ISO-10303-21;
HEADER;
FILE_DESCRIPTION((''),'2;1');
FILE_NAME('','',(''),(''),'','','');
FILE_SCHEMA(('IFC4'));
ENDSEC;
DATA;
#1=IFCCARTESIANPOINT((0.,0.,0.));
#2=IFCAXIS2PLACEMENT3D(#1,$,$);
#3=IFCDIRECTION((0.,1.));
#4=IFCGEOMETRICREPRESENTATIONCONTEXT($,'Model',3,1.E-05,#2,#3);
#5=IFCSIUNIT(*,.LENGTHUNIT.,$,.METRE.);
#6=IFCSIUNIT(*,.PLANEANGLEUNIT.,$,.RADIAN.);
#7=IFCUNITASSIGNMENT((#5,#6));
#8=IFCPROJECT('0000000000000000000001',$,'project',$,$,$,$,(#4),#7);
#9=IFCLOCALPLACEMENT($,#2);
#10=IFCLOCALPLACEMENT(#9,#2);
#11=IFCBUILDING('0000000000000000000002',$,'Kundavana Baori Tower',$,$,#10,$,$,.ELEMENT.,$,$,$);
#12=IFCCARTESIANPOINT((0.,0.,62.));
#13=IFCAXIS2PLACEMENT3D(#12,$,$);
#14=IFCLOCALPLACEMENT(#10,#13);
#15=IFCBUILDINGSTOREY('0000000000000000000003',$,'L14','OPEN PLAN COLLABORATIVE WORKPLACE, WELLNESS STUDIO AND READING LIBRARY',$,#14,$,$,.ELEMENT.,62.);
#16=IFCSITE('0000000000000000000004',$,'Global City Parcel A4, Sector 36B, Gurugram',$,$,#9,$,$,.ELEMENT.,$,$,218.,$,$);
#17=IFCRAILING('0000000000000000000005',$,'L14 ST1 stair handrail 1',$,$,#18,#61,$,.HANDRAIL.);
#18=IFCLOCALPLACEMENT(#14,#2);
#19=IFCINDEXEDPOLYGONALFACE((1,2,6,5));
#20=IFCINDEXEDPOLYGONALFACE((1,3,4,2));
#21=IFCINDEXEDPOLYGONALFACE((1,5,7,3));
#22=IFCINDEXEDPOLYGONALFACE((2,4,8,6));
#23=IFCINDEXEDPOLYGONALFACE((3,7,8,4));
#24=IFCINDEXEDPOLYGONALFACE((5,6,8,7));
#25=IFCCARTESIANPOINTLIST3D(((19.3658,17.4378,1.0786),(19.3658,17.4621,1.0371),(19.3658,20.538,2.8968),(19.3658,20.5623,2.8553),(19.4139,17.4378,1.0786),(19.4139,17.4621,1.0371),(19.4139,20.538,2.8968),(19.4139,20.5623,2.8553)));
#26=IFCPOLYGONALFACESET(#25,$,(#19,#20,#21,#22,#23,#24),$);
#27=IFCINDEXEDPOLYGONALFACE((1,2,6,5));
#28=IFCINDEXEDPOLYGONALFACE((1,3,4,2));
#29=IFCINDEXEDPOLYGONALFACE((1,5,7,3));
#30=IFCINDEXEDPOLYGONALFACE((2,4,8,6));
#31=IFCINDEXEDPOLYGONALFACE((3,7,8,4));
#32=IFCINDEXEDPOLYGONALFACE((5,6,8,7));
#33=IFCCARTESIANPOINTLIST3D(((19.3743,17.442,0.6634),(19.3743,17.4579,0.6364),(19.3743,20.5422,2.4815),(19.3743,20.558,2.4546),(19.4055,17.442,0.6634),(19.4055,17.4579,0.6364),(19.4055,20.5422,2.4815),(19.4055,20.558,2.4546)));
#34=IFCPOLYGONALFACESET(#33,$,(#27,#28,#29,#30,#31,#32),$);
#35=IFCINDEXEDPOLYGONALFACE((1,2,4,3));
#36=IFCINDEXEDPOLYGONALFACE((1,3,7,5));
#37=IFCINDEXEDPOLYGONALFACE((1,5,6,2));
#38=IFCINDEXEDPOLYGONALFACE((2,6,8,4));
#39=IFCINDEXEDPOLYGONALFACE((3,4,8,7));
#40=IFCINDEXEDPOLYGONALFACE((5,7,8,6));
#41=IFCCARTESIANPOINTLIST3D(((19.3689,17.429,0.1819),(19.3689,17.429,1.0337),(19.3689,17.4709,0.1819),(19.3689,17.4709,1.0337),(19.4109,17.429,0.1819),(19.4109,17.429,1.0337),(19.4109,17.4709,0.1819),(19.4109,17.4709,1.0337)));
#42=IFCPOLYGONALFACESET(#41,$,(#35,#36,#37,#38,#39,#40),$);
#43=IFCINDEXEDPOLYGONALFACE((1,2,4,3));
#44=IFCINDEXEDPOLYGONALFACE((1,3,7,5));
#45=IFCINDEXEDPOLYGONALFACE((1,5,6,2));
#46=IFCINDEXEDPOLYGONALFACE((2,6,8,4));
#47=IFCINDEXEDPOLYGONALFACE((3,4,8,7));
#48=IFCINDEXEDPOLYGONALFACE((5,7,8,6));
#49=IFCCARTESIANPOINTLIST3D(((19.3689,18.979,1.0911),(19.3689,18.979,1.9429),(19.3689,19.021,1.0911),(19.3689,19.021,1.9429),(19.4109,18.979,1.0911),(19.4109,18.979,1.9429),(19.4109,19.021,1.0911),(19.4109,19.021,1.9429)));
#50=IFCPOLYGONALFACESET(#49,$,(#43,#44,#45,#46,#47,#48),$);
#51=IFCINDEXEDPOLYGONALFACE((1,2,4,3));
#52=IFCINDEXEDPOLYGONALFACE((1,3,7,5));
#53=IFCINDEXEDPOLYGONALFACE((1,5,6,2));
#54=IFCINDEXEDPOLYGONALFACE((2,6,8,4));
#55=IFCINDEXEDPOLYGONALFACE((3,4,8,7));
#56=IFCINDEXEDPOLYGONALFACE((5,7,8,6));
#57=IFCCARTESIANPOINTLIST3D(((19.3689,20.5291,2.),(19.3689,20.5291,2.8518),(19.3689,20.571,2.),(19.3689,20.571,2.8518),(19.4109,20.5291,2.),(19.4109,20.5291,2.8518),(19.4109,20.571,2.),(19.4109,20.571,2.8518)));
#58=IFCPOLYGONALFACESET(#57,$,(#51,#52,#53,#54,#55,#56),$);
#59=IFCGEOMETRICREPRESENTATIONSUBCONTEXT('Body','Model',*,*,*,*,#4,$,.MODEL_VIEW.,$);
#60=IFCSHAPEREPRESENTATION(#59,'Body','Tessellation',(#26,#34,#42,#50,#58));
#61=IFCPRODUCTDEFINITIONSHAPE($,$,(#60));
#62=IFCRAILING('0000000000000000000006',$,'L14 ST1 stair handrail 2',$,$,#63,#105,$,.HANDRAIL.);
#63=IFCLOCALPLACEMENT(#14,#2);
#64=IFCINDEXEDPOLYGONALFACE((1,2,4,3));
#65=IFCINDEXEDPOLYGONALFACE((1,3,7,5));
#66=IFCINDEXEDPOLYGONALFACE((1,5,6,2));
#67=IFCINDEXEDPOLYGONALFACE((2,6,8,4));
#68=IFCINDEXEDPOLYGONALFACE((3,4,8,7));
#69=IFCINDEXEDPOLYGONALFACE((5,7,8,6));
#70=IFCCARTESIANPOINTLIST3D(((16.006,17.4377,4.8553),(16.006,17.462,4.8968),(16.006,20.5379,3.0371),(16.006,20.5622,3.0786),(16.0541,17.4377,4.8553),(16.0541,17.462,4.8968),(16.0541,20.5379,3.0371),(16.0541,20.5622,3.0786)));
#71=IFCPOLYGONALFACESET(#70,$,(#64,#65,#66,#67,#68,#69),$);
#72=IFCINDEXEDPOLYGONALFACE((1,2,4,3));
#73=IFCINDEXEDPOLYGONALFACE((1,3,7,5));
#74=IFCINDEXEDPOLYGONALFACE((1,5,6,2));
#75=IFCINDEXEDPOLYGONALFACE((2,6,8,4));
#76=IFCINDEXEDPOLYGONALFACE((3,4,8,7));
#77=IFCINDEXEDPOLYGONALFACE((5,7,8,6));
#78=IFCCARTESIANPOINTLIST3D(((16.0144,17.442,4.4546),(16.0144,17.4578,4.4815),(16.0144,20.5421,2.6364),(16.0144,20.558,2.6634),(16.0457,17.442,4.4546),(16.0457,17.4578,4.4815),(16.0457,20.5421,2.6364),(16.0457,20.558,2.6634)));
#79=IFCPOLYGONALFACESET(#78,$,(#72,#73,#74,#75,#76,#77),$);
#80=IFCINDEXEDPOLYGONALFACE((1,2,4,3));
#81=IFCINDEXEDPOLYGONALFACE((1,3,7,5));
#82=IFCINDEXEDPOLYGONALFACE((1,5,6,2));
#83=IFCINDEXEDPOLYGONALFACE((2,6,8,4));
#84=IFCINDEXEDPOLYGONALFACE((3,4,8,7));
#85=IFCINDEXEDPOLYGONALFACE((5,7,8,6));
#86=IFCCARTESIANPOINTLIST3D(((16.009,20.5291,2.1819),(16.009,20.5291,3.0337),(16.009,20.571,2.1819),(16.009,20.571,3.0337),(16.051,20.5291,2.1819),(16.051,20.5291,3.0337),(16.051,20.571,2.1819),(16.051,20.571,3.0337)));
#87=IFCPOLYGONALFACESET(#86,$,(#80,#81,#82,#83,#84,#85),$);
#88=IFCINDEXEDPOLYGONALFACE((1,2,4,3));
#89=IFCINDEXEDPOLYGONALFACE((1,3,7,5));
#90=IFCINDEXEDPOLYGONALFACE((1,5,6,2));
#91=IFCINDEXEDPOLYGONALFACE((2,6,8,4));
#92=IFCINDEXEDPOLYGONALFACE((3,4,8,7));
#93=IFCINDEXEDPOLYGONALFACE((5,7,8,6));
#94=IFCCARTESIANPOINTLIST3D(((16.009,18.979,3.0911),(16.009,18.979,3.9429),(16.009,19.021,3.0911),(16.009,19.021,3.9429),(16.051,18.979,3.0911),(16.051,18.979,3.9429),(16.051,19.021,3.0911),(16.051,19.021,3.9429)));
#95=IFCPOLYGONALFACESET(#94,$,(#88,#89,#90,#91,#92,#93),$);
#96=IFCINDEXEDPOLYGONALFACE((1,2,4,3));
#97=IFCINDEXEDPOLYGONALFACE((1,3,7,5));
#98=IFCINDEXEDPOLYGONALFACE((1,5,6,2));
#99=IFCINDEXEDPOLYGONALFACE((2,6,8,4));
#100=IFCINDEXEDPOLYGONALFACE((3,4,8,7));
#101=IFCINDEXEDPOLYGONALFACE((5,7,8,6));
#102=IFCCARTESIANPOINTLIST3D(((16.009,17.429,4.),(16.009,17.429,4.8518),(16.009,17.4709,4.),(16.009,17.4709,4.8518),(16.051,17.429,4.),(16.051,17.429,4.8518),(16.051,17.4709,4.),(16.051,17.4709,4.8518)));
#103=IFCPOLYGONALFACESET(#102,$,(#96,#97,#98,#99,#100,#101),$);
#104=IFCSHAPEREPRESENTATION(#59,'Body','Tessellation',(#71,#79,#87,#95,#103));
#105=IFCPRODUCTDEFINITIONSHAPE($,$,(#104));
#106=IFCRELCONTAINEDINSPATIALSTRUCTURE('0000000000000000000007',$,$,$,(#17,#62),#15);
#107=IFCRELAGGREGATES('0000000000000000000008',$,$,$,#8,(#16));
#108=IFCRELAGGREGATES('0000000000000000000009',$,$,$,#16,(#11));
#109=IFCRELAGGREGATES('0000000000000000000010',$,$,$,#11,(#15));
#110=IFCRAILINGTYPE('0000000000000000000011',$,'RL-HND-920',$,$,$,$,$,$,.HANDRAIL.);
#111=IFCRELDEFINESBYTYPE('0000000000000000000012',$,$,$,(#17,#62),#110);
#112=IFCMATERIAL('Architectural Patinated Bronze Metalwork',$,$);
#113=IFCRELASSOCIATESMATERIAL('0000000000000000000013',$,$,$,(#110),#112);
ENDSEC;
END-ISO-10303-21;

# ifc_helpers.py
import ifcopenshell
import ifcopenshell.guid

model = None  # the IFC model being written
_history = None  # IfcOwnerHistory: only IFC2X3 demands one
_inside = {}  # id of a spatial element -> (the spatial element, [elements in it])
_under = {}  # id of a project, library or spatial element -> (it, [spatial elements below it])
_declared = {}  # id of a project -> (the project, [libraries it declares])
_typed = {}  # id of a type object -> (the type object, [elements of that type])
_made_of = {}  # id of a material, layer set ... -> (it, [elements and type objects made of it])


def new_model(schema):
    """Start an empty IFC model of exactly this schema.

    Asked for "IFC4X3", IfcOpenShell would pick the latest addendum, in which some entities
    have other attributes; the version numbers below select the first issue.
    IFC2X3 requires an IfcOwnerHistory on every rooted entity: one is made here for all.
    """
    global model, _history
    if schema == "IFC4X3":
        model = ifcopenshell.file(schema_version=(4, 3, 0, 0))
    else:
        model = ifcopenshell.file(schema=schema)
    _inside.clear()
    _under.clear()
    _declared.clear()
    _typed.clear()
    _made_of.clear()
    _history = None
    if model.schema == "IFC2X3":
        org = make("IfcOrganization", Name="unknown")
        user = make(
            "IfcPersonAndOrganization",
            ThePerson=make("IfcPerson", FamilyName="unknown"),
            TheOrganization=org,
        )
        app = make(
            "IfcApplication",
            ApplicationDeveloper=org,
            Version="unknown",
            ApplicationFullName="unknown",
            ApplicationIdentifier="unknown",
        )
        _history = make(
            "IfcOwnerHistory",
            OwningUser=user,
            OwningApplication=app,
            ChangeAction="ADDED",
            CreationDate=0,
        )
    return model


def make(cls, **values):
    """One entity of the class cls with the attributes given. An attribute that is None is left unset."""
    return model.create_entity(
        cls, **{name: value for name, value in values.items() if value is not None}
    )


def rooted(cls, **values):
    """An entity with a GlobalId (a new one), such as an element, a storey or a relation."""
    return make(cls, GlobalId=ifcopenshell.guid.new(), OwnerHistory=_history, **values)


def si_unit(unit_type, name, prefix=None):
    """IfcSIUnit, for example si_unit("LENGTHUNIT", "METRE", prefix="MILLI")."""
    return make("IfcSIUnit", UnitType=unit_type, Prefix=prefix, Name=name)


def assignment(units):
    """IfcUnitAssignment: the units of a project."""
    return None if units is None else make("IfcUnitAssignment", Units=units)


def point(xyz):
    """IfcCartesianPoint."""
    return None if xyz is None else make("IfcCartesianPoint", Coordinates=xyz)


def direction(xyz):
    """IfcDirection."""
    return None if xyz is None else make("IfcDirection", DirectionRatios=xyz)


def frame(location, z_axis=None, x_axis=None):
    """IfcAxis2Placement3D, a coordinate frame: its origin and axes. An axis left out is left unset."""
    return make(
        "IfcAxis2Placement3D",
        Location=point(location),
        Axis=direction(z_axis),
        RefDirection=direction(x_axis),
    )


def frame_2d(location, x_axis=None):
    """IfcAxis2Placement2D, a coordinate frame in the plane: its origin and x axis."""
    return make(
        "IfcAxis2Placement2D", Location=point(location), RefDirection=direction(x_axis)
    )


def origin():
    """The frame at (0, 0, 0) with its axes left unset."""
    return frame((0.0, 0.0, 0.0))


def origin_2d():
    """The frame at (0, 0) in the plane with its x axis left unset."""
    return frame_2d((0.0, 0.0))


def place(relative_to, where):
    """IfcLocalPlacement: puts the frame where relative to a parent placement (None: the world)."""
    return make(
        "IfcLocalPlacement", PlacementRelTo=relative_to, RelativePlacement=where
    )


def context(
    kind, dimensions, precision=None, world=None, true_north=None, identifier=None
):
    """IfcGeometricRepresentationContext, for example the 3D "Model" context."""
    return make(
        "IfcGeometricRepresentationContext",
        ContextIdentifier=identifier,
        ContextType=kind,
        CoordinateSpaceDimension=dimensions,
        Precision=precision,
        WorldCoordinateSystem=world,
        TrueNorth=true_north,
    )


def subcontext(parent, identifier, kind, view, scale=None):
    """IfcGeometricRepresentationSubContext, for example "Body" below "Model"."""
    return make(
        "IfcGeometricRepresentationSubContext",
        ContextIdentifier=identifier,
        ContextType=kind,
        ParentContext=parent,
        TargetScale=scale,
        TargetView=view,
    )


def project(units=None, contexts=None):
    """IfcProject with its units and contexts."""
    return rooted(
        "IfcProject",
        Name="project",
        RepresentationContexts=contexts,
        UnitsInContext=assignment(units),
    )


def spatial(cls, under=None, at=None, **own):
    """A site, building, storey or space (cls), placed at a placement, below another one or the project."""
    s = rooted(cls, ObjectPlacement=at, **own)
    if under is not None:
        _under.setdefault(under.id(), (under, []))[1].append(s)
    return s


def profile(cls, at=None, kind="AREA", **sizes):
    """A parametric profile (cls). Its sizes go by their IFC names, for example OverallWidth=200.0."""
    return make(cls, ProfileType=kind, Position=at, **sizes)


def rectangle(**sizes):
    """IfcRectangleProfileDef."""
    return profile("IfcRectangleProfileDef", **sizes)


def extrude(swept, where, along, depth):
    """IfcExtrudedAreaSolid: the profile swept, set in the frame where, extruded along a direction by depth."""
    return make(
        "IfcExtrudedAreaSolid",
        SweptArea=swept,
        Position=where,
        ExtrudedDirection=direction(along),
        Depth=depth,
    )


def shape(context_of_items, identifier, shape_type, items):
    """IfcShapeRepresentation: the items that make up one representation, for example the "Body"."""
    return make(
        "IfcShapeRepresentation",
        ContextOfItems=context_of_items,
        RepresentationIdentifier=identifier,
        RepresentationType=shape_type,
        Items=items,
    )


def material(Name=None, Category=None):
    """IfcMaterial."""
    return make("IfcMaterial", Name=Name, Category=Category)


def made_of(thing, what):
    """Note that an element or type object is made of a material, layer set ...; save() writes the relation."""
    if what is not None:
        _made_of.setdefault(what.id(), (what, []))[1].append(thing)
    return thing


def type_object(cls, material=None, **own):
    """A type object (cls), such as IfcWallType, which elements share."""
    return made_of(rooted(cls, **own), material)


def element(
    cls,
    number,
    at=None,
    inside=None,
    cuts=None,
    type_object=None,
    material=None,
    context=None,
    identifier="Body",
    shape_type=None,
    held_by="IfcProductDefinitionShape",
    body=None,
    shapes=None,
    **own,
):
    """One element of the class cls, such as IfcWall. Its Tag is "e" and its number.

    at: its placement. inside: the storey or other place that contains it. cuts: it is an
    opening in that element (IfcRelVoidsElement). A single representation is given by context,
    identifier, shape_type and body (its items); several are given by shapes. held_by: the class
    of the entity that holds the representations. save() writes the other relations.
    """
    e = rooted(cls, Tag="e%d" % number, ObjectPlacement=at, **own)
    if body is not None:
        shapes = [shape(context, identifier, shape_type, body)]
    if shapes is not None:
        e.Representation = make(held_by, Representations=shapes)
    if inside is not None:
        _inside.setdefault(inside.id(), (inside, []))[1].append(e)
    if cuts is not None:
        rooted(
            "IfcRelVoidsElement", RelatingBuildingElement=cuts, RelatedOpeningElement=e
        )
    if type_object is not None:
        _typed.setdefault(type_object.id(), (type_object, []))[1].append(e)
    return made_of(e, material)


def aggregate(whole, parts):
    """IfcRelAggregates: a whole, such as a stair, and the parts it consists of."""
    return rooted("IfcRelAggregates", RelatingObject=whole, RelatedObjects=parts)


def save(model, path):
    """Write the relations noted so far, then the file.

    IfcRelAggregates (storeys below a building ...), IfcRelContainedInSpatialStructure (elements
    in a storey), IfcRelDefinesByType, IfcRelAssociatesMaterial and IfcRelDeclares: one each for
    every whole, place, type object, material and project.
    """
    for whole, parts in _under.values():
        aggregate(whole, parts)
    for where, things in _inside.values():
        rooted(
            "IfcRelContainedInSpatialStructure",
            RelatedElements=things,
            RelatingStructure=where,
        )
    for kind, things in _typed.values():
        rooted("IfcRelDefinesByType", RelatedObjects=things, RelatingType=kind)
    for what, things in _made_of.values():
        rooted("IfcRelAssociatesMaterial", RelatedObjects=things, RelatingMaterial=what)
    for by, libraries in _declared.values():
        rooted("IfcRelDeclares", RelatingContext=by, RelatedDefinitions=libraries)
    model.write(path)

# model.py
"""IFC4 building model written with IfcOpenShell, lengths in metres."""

from ifc_helpers import new_model, si_unit, direction, frame, origin, origin_2d, place, context, subcontext, project, spatial, rectangle, extrude, material, type_object, element, save


model = new_model("IFC4")

# Units and contexts
model_context = context("Model", 3, precision=1e-05, world=origin(), true_north=direction((0.0, 1.0)))
body_context = subcontext(model_context, "Body", "Model", "MODEL_VIEW")
ifc_project = project(units=[si_unit("LENGTHUNIT", "METRE"), si_unit("PLANEANGLEUNIT", "RADIAN")], contexts=[model_context])

# Site, building, storey
site_placement = place(None, origin())
site = spatial("IfcSite", under=ifc_project, at=site_placement, Name="Global City Parcel A4, Sector 36B, Gurugram", CompositionType="ELEMENT", RefElevation=218.0)
building_placement = place(site_placement, origin())
building = spatial("IfcBuilding", under=site, at=building_placement, Name="Kundavana Baori Tower", CompositionType="ELEMENT")
storey_placement = place(building_placement, frame((0.0, 0.0, 62.0)))
storey = spatial("IfcBuildingStorey", under=building, at=storey_placement, Name="L14", Description="OPEN PLAN COLLABORATIVE WORKPLACE, WELLNESS STUDIO AND READING LIBRARY", CompositionType="ELEMENT", Elevation=62.0)

# Railings
ifc_material_1 = material(Name="Architectural Patinated Bronze Metalwork")
railing_type_1 = type_object("IfcRailingType", Name="RL-HND-920", PredefinedType="HANDRAIL", material=ifc_material_1)
railing_1_placement = place(storey_placement, frame((19.3899, 17.45, 0.1819)))
element("IfcRailing", 1, at=railing_1_placement, inside=storey, type_object=railing_type_1, Name="L14 ST1 stair handrail 1", PredefinedType="HANDRAIL", context=body_context, shape_type="SweptSolid", body=[
    extrude(rectangle(XDim=0.0481, YDim=0.0481, at=origin_2d()), frame((0.0, 0.0, 0.876), z_axis=(0.0, 0.862599, 0.505889), x_axis=(-1.0, 0.0, 0.0)), (0.0, 0.0, 1.0), 3.594),
    extrude(rectangle(XDim=0.0312, YDim=0.0312, at=origin_2d()), frame((0.0, 0.0, 0.468), z_axis=(0.0, 0.862599, 0.505889), x_axis=(-1.0, 0.0, 0.0)), (0.0, 0.0, 1.0), 3.594),
    extrude(rectangle(XDim=0.042, YDim=0.042, at=origin_2d()), origin(), (0.0, 0.0, 1.0), 0.8518),
    extrude(rectangle(XDim=0.042, YDim=0.042, at=origin_2d()), frame((0.0, 1.55, 0.9092)), (0.0, 0.0, 1.0), 0.8518),
    extrude(rectangle(XDim=0.042, YDim=0.042, at=origin_2d()), frame((0.0, 3.1001, 1.8181)), (0.0, 0.0, 1.0), 0.8518),
])
railing_2_placement = place(storey_placement, frame((16.03, 20.55, 2.1819)))
element("IfcRailing", 2, at=railing_2_placement, inside=storey, type_object=railing_type_1, Name="L14 ST1 stair handrail 2", PredefinedType="HANDRAIL", context=body_context, shape_type="SweptSolid", body=[
    extrude(rectangle(XDim=0.0481, YDim=0.0481, at=origin_2d()), frame((0.0, 0.0, 0.876), z_axis=(0.0, -0.862599, 0.505889), x_axis=(1.0, 0.0, 0.0)), (0.0, 0.0, 1.0), 3.594),
    extrude(rectangle(XDim=0.0312, YDim=0.0312, at=origin_2d()), frame((0.0, 0.0, 0.468), z_axis=(0.0, -0.862599, 0.505889), x_axis=(1.0, 0.0, 0.0)), (0.0, 0.0, 1.0), 3.594),
    extrude(rectangle(XDim=0.042, YDim=0.042, at=origin_2d()), origin(), (0.0, 0.0, 1.0), 0.8518),
    extrude(rectangle(XDim=0.042, YDim=0.042, at=origin_2d()), frame((0.0, -1.55, 0.9092)), (0.0, 0.0, 1.0), 0.8518),
    extrude(rectangle(XDim=0.042, YDim=0.042, at=origin_2d()), frame((0.0, -3.1001, 1.8181)), (0.0, 0.0, 1.0), 0.8518),
])

save(model, "model.ifc")
